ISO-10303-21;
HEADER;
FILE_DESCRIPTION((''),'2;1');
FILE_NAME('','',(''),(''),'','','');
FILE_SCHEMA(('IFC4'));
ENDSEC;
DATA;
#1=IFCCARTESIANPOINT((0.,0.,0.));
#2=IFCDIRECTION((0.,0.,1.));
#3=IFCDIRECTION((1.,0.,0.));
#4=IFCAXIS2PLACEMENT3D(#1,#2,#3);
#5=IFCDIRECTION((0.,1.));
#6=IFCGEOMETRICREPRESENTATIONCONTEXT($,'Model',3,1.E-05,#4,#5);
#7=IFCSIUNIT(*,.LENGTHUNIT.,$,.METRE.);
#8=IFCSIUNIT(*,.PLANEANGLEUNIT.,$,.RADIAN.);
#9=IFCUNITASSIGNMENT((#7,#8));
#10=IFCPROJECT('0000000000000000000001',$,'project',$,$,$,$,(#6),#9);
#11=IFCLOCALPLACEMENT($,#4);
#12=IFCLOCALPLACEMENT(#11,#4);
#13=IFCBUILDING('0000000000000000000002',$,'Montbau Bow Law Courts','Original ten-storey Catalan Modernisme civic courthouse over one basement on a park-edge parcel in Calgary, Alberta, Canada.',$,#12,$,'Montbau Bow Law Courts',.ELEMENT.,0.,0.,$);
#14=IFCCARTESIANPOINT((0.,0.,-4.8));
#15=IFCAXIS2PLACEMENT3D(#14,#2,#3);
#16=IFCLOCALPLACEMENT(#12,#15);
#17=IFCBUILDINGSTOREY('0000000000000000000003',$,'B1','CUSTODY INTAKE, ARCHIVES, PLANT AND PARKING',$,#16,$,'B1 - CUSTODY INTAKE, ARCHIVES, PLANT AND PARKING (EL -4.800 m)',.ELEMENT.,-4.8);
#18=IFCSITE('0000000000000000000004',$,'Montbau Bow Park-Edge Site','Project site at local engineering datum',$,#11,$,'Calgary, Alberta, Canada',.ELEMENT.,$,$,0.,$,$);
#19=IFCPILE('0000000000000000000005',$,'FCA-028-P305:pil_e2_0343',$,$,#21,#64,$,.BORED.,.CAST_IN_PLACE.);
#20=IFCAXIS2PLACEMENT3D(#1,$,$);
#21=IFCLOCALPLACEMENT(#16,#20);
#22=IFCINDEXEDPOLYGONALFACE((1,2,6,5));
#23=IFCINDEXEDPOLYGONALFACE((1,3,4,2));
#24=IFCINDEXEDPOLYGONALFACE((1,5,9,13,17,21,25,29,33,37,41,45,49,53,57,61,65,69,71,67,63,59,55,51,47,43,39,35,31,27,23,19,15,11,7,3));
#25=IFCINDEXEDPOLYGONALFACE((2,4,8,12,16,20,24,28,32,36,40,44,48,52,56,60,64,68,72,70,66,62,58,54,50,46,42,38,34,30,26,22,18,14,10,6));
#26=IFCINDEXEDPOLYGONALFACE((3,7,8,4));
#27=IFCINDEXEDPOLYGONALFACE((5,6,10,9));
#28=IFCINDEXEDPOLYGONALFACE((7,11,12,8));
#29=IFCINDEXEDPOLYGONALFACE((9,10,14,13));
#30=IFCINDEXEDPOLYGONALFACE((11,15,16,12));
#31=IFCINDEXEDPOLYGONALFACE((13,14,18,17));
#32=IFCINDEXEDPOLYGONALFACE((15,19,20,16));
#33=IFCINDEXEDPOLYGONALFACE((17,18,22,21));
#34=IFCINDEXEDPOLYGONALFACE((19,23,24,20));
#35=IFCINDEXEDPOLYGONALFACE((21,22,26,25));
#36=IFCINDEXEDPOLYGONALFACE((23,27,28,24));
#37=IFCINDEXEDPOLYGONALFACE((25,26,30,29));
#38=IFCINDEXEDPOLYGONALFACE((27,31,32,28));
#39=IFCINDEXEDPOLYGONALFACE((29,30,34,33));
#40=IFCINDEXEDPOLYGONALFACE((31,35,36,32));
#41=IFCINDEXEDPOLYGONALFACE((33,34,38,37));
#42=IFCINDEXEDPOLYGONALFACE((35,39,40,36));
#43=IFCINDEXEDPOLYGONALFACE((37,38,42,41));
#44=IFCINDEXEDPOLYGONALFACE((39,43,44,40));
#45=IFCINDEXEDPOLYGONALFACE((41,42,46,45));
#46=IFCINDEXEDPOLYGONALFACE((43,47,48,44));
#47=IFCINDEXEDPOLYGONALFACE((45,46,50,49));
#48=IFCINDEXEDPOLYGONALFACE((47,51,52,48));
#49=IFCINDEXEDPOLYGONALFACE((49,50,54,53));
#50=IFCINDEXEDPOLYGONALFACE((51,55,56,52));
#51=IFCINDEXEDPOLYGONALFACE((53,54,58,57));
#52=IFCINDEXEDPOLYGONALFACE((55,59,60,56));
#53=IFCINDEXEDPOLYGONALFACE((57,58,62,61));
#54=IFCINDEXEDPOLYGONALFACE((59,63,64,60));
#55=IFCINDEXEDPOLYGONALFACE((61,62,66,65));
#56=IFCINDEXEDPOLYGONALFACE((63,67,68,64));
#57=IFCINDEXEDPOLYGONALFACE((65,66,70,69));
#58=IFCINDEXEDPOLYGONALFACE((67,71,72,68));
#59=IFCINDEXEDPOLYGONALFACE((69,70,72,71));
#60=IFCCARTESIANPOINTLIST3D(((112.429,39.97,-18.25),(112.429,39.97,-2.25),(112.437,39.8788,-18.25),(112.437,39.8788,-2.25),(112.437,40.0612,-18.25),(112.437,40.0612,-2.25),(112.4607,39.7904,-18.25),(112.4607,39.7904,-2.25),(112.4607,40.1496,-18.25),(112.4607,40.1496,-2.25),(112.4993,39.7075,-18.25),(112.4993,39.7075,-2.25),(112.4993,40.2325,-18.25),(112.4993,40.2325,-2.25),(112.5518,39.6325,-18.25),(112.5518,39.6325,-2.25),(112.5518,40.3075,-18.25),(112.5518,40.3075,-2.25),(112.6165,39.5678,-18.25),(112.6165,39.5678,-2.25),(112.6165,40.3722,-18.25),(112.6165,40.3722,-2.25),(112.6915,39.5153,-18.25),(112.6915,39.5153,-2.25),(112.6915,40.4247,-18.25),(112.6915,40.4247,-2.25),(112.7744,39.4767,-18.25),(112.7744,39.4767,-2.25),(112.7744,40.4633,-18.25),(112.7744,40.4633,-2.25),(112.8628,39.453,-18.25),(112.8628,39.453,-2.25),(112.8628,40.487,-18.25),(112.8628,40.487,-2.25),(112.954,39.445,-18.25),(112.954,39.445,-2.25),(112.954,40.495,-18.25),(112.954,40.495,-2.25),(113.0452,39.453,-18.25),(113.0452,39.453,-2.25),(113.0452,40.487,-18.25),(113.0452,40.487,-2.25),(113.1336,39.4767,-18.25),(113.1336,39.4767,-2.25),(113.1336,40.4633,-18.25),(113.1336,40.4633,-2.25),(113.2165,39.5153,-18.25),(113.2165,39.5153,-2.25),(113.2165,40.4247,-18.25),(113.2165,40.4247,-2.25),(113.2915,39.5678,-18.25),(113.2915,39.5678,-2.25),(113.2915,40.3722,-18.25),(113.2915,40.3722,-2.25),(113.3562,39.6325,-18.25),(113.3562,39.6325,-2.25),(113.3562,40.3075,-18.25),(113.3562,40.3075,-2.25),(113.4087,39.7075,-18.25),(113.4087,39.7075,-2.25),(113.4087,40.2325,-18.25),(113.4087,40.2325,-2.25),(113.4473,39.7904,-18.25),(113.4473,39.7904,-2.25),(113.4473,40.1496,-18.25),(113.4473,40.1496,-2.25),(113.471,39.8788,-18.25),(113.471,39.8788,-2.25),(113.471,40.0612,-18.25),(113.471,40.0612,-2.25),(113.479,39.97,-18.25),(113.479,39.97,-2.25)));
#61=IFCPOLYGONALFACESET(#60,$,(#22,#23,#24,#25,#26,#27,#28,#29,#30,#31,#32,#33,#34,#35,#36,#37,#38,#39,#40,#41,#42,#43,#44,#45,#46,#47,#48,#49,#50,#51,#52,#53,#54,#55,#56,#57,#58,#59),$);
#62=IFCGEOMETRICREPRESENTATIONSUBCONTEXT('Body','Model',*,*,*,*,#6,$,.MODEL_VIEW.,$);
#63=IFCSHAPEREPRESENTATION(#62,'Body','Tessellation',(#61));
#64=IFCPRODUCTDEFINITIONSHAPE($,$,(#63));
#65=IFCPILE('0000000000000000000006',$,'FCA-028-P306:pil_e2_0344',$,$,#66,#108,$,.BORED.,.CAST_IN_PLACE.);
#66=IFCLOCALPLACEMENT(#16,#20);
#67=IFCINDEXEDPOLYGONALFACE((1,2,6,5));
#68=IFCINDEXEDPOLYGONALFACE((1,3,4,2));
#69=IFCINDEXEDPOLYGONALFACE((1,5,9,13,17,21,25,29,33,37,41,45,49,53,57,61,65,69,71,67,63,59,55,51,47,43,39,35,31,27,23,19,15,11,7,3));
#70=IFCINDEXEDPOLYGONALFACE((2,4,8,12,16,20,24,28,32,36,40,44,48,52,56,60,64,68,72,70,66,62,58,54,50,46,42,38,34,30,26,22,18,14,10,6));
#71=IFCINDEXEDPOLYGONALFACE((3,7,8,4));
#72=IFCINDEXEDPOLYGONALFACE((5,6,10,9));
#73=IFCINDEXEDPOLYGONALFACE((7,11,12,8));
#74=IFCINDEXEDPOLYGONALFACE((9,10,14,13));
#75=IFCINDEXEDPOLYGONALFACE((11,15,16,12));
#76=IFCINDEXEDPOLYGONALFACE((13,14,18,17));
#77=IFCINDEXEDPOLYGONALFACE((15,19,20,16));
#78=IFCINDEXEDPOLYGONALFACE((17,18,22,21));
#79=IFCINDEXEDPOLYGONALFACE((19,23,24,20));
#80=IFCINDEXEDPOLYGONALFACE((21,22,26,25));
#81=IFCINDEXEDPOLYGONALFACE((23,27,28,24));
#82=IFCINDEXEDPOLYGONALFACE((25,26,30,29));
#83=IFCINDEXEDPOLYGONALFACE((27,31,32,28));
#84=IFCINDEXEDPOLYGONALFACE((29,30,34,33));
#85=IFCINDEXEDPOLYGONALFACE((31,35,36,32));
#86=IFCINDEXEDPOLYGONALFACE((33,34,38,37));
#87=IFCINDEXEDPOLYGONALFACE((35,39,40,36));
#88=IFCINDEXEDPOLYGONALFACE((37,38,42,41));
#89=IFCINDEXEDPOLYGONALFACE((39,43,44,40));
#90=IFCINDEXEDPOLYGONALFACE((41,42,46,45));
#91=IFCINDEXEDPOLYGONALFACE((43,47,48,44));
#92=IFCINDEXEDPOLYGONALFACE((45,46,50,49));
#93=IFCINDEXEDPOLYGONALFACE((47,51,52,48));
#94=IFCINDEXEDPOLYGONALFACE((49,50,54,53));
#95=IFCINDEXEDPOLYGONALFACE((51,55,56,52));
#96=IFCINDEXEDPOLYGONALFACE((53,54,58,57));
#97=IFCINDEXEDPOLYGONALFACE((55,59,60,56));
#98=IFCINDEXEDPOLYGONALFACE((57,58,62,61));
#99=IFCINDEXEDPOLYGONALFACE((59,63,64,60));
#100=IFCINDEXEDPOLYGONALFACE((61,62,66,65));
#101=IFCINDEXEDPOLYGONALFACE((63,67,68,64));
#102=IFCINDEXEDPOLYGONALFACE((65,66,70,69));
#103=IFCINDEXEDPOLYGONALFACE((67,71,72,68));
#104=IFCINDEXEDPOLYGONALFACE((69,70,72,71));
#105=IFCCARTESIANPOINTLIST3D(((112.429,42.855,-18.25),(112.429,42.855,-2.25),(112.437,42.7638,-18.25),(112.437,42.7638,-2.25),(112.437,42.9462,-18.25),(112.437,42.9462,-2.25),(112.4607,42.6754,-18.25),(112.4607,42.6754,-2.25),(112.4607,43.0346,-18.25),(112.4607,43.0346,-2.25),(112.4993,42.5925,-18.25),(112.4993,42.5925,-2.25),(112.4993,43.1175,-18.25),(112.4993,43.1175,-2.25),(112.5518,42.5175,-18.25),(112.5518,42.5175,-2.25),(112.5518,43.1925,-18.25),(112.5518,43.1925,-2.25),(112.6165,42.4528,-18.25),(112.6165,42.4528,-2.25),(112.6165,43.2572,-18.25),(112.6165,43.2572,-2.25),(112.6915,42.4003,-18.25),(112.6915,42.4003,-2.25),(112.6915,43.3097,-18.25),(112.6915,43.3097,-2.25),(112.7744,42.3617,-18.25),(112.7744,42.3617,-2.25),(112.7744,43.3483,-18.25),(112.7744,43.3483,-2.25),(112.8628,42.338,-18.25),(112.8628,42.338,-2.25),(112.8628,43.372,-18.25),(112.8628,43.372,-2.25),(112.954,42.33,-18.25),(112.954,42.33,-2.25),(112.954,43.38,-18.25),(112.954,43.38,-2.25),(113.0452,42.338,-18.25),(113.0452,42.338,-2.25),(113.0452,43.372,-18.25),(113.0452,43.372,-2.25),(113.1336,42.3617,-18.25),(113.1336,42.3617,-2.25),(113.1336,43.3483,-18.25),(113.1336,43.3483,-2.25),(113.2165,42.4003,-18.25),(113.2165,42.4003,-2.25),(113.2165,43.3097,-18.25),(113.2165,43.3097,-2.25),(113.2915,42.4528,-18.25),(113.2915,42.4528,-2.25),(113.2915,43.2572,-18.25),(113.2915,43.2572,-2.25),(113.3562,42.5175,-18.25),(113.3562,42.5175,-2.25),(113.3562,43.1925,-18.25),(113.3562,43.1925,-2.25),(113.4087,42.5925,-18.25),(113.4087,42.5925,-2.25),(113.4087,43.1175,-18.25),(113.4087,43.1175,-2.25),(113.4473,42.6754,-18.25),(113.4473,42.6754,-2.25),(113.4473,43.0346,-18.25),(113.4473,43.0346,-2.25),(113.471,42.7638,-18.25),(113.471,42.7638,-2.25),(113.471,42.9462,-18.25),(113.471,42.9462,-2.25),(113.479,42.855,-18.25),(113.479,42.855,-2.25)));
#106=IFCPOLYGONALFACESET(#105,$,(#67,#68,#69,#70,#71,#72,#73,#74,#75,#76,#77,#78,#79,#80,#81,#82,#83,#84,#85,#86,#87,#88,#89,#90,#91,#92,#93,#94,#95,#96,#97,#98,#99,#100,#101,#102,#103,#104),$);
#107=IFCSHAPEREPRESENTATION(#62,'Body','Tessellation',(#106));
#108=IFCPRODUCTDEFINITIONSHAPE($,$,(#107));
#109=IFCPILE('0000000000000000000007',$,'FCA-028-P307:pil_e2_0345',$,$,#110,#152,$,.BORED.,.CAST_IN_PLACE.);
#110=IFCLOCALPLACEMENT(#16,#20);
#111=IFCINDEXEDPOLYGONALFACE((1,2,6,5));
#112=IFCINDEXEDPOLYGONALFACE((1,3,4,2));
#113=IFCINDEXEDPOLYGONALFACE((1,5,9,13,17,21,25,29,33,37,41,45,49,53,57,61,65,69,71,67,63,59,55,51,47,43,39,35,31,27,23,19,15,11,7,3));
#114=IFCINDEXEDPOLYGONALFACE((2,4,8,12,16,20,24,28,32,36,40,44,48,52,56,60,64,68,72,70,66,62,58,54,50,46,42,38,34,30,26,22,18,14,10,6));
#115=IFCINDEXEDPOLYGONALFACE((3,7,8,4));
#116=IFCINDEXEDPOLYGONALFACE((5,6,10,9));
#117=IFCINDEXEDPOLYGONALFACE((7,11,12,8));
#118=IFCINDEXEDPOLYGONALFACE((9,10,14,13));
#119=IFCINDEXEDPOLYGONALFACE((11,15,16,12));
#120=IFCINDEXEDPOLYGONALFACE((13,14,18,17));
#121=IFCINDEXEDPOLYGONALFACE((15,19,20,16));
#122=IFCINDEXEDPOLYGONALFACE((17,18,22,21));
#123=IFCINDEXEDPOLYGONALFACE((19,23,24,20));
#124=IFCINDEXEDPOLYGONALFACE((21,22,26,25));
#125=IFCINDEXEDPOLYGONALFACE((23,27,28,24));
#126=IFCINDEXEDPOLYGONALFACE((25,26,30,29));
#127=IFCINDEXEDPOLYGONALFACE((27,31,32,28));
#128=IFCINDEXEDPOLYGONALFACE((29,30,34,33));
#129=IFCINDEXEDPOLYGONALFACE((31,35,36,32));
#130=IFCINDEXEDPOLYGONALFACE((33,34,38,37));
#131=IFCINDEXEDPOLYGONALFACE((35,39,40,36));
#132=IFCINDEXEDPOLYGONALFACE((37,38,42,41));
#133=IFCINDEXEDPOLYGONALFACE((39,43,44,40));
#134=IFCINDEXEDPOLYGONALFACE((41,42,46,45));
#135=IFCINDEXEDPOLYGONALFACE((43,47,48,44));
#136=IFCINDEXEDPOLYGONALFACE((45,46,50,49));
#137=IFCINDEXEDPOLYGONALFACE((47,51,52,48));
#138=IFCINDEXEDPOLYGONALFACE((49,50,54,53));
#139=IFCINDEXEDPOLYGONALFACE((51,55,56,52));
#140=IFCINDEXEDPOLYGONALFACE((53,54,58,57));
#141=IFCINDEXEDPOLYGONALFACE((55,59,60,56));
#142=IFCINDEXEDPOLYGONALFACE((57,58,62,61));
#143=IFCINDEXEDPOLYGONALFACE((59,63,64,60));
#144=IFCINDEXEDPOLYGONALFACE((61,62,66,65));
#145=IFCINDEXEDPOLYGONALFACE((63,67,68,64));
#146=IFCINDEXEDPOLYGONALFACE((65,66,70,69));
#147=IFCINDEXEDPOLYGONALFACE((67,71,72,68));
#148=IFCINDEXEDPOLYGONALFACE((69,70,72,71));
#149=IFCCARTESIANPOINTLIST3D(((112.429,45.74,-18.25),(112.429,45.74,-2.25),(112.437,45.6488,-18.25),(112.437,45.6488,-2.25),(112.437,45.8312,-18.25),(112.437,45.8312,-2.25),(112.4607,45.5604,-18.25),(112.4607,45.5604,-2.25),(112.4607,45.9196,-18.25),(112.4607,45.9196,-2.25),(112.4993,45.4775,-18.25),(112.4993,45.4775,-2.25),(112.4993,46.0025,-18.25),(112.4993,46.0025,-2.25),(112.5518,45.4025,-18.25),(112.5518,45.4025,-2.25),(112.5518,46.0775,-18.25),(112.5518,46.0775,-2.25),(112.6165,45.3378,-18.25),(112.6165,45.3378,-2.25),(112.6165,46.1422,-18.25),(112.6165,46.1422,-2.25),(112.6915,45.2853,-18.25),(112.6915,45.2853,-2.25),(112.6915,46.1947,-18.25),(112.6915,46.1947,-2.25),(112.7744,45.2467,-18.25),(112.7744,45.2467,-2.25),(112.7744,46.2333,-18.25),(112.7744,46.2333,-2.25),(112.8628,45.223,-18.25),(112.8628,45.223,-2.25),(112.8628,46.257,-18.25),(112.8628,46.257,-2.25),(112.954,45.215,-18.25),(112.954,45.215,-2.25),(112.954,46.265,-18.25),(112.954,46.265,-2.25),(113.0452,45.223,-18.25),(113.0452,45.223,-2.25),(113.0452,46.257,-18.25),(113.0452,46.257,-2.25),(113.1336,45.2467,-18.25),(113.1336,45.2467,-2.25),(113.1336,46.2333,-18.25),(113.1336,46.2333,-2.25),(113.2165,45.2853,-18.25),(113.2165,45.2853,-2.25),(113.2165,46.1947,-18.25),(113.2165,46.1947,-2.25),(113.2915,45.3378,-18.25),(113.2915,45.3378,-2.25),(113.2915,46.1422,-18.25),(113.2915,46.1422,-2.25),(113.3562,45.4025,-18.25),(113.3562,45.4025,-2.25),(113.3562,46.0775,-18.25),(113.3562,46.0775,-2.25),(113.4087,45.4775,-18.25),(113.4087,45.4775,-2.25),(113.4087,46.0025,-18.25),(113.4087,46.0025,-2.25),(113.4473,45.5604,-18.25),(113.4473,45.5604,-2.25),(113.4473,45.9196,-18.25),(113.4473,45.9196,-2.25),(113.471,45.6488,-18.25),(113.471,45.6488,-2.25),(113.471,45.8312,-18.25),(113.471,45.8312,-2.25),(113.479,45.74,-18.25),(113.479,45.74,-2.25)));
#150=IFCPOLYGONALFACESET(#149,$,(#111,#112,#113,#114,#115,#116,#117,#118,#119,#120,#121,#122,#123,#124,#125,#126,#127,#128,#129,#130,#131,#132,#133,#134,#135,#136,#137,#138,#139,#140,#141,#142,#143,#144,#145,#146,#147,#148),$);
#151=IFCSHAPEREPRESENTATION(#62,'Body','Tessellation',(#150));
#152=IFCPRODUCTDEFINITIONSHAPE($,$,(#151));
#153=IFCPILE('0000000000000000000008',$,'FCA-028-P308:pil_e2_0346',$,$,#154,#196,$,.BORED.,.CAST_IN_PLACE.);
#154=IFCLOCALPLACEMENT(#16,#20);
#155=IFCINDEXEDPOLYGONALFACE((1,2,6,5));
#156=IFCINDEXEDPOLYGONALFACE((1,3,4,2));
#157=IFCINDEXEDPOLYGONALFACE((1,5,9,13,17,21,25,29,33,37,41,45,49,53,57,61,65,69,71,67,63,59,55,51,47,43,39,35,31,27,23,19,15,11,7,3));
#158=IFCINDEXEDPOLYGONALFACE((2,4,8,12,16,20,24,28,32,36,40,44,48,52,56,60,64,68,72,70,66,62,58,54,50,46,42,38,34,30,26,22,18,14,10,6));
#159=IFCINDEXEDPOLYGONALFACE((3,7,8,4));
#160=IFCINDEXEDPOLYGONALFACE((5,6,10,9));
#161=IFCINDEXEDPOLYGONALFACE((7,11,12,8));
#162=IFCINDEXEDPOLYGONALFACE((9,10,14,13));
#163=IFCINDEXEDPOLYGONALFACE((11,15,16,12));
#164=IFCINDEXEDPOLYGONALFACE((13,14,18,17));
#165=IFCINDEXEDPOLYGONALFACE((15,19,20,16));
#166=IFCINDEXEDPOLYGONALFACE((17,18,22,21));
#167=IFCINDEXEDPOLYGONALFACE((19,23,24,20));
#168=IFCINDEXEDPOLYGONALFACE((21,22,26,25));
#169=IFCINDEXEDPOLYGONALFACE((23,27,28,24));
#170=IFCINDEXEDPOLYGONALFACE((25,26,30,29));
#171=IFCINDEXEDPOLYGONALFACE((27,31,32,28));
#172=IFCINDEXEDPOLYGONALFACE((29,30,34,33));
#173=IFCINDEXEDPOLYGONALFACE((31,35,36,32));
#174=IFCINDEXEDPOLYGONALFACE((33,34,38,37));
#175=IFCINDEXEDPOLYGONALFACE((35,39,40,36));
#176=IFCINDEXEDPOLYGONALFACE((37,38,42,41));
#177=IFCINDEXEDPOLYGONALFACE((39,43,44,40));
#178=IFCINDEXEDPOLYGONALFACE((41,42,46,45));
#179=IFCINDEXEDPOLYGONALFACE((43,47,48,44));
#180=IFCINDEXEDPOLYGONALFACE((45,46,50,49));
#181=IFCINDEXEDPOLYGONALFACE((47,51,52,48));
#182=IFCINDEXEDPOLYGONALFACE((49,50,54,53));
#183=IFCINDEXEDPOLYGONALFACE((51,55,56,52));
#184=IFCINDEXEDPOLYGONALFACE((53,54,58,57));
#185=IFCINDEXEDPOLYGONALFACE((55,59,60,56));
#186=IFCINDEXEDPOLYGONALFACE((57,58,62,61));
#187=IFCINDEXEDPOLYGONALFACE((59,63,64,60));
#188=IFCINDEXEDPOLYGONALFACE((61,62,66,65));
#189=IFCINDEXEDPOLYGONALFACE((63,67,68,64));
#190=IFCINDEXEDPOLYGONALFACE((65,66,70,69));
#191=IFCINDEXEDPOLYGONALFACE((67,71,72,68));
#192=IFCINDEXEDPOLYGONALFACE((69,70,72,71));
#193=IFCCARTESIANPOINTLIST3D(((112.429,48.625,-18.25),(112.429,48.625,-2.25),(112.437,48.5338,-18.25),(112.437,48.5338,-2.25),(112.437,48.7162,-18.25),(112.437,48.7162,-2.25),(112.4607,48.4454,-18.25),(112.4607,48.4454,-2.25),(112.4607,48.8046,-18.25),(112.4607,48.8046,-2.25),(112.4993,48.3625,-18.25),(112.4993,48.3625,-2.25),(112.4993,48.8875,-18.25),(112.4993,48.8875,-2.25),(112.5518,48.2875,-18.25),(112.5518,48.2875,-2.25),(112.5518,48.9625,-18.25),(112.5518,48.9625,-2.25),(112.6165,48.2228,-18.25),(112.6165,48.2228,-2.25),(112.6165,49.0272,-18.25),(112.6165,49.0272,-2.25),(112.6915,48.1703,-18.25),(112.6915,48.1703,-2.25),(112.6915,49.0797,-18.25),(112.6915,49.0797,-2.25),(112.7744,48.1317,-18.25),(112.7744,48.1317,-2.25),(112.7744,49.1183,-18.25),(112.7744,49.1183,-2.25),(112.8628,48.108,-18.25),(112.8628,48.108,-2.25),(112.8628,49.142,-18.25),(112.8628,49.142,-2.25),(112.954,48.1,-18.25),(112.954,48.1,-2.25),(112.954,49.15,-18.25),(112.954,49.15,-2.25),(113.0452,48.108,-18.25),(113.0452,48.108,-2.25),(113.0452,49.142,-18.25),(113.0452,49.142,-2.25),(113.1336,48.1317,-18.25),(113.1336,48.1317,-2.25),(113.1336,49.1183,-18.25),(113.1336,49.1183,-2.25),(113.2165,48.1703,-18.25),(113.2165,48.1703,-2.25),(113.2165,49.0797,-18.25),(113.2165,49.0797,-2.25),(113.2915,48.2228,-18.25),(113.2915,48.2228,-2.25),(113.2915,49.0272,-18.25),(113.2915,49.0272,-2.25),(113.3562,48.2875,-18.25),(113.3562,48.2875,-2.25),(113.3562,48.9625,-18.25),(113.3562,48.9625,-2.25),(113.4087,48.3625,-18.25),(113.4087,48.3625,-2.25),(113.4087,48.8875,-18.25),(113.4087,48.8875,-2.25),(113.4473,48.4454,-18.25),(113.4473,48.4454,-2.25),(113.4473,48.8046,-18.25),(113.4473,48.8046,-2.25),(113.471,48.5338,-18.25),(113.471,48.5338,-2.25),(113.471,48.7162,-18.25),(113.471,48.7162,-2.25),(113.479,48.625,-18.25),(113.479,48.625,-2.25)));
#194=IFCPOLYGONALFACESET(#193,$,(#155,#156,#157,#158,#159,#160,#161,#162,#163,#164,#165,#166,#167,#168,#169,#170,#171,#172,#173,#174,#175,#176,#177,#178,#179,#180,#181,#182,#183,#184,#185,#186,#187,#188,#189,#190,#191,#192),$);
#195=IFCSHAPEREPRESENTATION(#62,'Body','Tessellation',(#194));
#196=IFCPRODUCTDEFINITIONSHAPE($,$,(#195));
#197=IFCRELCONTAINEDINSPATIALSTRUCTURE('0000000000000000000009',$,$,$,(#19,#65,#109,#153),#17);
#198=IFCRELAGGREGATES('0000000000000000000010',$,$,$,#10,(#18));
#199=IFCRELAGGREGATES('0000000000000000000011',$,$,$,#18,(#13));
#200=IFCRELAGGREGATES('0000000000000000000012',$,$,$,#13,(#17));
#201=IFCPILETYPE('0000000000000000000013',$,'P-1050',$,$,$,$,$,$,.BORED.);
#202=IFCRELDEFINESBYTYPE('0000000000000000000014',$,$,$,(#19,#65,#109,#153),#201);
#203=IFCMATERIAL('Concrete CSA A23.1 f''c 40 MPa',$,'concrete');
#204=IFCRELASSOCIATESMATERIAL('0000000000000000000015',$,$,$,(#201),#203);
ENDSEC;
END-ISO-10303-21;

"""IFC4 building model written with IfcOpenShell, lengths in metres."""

from ifc_helpers import new_model, si_unit, direction, frame, origin_with_axes, origin_2d_with_axis, place, context, subcontext, project, spatial, circle, extrude, material, material_profile, profile_set, type_object, element, save


model = new_model("IFC4")

# Units and contexts
model_context = context("Model", 3, precision=1e-05, world=origin_with_axes(), true_north=direction((0.0, 1.0)))
body_context = subcontext(model_context, "Body", "Model", "MODEL_VIEW")
ifc_project = project(units=[si_unit("LENGTHUNIT", "METRE"), si_unit("PLANEANGLEUNIT", "RADIAN")], contexts=[model_context])

# Site, building, storey
site_placement = place(None, origin_with_axes())
site = spatial("IfcSite", under=ifc_project, at=site_placement, Name="Montbau Bow Park-Edge Site", Description="Project site at local engineering datum", LongName="Calgary, Alberta, Canada", CompositionType="ELEMENT", RefElevation=0.0)
building_placement = place(site_placement, origin_with_axes())
building = spatial("IfcBuilding", under=site, at=building_placement, Name="Montbau Bow Law Courts", Description="Original ten-storey Catalan Modernisme civic courthouse over one basement on a park-edge parcel in Calgary, Alberta, Canada.", LongName="Montbau Bow Law Courts", CompositionType="ELEMENT", ElevationOfRefHeight=0.0, ElevationOfTerrain=0.0)
storey_placement = place(building_placement, frame((0.0, 0.0, -4.8), z_axis=(0.0, 0.0, 1.0), x_axis=(1.0, 0.0, 0.0)))
storey = spatial("IfcBuildingStorey", under=building, at=storey_placement, Name="B1", Description="CUSTODY INTAKE, ARCHIVES, PLANT AND PARKING", LongName="B1 - CUSTODY INTAKE, ARCHIVES, PLANT AND PARKING (EL -4.800 m)", CompositionType="ELEMENT", Elevation=-4.8)

# Piles
ifc_material = material(Name="Concrete CSA A23.1 f'c 40 MPa", Category="concrete")
ifc_material_profile = material_profile(ifc_material, circle(Radius=0.525, at=origin_2d_with_axis()), Name="BP1050", Category="Main", Priority=0)
ifc_profile_set = profile_set([ifc_material_profile], Name="Concrete CSA A23.1 f'c 40 MPa")
pile_type = type_object("IfcPileType", Name="P-1050", PredefinedType="BORED", material=ifc_profile_set)
for number, where, z_axis, x_axis, name in (
    (1, (112.954, 39.97, -23.05), (0.0, 0.0, 1.0), (1.0, 0.0, 0.0), "FCA-028-P305:pil_e2_0343"),
    (2, (112.954, 42.855, -23.05), (0.0, 0.0, 1.0), (1.0, 0.0, 0.0), "FCA-028-P306:pil_e2_0344"),
    (3, (112.954, 45.74, -23.05), (0.0, 0.0, 1.0), (1.0, 0.0, 0.0), "FCA-028-P307:pil_e2_0345"),
    (4, (112.954, 48.625, -23.05), (0.0, 0.0, 1.0), (1.0, 0.0, 0.0), "FCA-028-P308:pil_e2_0346"),
):
    element("IfcPile", number, at=place(None, frame(where, z_axis=z_axis, x_axis=x_axis)), inside=storey, type_object=pile_type, Name=name, ConstructionType="CAST_IN_PLACE", PredefinedType="BORED", context=body_context, shape_type="SweptSolid", body=[
        extrude(circle(Radius=0.525, at=origin_2d_with_axis()), origin_with_axes(), (0.0, 0.0, 1.0), 16.0),
    ])

save(model, "model.ifc")
